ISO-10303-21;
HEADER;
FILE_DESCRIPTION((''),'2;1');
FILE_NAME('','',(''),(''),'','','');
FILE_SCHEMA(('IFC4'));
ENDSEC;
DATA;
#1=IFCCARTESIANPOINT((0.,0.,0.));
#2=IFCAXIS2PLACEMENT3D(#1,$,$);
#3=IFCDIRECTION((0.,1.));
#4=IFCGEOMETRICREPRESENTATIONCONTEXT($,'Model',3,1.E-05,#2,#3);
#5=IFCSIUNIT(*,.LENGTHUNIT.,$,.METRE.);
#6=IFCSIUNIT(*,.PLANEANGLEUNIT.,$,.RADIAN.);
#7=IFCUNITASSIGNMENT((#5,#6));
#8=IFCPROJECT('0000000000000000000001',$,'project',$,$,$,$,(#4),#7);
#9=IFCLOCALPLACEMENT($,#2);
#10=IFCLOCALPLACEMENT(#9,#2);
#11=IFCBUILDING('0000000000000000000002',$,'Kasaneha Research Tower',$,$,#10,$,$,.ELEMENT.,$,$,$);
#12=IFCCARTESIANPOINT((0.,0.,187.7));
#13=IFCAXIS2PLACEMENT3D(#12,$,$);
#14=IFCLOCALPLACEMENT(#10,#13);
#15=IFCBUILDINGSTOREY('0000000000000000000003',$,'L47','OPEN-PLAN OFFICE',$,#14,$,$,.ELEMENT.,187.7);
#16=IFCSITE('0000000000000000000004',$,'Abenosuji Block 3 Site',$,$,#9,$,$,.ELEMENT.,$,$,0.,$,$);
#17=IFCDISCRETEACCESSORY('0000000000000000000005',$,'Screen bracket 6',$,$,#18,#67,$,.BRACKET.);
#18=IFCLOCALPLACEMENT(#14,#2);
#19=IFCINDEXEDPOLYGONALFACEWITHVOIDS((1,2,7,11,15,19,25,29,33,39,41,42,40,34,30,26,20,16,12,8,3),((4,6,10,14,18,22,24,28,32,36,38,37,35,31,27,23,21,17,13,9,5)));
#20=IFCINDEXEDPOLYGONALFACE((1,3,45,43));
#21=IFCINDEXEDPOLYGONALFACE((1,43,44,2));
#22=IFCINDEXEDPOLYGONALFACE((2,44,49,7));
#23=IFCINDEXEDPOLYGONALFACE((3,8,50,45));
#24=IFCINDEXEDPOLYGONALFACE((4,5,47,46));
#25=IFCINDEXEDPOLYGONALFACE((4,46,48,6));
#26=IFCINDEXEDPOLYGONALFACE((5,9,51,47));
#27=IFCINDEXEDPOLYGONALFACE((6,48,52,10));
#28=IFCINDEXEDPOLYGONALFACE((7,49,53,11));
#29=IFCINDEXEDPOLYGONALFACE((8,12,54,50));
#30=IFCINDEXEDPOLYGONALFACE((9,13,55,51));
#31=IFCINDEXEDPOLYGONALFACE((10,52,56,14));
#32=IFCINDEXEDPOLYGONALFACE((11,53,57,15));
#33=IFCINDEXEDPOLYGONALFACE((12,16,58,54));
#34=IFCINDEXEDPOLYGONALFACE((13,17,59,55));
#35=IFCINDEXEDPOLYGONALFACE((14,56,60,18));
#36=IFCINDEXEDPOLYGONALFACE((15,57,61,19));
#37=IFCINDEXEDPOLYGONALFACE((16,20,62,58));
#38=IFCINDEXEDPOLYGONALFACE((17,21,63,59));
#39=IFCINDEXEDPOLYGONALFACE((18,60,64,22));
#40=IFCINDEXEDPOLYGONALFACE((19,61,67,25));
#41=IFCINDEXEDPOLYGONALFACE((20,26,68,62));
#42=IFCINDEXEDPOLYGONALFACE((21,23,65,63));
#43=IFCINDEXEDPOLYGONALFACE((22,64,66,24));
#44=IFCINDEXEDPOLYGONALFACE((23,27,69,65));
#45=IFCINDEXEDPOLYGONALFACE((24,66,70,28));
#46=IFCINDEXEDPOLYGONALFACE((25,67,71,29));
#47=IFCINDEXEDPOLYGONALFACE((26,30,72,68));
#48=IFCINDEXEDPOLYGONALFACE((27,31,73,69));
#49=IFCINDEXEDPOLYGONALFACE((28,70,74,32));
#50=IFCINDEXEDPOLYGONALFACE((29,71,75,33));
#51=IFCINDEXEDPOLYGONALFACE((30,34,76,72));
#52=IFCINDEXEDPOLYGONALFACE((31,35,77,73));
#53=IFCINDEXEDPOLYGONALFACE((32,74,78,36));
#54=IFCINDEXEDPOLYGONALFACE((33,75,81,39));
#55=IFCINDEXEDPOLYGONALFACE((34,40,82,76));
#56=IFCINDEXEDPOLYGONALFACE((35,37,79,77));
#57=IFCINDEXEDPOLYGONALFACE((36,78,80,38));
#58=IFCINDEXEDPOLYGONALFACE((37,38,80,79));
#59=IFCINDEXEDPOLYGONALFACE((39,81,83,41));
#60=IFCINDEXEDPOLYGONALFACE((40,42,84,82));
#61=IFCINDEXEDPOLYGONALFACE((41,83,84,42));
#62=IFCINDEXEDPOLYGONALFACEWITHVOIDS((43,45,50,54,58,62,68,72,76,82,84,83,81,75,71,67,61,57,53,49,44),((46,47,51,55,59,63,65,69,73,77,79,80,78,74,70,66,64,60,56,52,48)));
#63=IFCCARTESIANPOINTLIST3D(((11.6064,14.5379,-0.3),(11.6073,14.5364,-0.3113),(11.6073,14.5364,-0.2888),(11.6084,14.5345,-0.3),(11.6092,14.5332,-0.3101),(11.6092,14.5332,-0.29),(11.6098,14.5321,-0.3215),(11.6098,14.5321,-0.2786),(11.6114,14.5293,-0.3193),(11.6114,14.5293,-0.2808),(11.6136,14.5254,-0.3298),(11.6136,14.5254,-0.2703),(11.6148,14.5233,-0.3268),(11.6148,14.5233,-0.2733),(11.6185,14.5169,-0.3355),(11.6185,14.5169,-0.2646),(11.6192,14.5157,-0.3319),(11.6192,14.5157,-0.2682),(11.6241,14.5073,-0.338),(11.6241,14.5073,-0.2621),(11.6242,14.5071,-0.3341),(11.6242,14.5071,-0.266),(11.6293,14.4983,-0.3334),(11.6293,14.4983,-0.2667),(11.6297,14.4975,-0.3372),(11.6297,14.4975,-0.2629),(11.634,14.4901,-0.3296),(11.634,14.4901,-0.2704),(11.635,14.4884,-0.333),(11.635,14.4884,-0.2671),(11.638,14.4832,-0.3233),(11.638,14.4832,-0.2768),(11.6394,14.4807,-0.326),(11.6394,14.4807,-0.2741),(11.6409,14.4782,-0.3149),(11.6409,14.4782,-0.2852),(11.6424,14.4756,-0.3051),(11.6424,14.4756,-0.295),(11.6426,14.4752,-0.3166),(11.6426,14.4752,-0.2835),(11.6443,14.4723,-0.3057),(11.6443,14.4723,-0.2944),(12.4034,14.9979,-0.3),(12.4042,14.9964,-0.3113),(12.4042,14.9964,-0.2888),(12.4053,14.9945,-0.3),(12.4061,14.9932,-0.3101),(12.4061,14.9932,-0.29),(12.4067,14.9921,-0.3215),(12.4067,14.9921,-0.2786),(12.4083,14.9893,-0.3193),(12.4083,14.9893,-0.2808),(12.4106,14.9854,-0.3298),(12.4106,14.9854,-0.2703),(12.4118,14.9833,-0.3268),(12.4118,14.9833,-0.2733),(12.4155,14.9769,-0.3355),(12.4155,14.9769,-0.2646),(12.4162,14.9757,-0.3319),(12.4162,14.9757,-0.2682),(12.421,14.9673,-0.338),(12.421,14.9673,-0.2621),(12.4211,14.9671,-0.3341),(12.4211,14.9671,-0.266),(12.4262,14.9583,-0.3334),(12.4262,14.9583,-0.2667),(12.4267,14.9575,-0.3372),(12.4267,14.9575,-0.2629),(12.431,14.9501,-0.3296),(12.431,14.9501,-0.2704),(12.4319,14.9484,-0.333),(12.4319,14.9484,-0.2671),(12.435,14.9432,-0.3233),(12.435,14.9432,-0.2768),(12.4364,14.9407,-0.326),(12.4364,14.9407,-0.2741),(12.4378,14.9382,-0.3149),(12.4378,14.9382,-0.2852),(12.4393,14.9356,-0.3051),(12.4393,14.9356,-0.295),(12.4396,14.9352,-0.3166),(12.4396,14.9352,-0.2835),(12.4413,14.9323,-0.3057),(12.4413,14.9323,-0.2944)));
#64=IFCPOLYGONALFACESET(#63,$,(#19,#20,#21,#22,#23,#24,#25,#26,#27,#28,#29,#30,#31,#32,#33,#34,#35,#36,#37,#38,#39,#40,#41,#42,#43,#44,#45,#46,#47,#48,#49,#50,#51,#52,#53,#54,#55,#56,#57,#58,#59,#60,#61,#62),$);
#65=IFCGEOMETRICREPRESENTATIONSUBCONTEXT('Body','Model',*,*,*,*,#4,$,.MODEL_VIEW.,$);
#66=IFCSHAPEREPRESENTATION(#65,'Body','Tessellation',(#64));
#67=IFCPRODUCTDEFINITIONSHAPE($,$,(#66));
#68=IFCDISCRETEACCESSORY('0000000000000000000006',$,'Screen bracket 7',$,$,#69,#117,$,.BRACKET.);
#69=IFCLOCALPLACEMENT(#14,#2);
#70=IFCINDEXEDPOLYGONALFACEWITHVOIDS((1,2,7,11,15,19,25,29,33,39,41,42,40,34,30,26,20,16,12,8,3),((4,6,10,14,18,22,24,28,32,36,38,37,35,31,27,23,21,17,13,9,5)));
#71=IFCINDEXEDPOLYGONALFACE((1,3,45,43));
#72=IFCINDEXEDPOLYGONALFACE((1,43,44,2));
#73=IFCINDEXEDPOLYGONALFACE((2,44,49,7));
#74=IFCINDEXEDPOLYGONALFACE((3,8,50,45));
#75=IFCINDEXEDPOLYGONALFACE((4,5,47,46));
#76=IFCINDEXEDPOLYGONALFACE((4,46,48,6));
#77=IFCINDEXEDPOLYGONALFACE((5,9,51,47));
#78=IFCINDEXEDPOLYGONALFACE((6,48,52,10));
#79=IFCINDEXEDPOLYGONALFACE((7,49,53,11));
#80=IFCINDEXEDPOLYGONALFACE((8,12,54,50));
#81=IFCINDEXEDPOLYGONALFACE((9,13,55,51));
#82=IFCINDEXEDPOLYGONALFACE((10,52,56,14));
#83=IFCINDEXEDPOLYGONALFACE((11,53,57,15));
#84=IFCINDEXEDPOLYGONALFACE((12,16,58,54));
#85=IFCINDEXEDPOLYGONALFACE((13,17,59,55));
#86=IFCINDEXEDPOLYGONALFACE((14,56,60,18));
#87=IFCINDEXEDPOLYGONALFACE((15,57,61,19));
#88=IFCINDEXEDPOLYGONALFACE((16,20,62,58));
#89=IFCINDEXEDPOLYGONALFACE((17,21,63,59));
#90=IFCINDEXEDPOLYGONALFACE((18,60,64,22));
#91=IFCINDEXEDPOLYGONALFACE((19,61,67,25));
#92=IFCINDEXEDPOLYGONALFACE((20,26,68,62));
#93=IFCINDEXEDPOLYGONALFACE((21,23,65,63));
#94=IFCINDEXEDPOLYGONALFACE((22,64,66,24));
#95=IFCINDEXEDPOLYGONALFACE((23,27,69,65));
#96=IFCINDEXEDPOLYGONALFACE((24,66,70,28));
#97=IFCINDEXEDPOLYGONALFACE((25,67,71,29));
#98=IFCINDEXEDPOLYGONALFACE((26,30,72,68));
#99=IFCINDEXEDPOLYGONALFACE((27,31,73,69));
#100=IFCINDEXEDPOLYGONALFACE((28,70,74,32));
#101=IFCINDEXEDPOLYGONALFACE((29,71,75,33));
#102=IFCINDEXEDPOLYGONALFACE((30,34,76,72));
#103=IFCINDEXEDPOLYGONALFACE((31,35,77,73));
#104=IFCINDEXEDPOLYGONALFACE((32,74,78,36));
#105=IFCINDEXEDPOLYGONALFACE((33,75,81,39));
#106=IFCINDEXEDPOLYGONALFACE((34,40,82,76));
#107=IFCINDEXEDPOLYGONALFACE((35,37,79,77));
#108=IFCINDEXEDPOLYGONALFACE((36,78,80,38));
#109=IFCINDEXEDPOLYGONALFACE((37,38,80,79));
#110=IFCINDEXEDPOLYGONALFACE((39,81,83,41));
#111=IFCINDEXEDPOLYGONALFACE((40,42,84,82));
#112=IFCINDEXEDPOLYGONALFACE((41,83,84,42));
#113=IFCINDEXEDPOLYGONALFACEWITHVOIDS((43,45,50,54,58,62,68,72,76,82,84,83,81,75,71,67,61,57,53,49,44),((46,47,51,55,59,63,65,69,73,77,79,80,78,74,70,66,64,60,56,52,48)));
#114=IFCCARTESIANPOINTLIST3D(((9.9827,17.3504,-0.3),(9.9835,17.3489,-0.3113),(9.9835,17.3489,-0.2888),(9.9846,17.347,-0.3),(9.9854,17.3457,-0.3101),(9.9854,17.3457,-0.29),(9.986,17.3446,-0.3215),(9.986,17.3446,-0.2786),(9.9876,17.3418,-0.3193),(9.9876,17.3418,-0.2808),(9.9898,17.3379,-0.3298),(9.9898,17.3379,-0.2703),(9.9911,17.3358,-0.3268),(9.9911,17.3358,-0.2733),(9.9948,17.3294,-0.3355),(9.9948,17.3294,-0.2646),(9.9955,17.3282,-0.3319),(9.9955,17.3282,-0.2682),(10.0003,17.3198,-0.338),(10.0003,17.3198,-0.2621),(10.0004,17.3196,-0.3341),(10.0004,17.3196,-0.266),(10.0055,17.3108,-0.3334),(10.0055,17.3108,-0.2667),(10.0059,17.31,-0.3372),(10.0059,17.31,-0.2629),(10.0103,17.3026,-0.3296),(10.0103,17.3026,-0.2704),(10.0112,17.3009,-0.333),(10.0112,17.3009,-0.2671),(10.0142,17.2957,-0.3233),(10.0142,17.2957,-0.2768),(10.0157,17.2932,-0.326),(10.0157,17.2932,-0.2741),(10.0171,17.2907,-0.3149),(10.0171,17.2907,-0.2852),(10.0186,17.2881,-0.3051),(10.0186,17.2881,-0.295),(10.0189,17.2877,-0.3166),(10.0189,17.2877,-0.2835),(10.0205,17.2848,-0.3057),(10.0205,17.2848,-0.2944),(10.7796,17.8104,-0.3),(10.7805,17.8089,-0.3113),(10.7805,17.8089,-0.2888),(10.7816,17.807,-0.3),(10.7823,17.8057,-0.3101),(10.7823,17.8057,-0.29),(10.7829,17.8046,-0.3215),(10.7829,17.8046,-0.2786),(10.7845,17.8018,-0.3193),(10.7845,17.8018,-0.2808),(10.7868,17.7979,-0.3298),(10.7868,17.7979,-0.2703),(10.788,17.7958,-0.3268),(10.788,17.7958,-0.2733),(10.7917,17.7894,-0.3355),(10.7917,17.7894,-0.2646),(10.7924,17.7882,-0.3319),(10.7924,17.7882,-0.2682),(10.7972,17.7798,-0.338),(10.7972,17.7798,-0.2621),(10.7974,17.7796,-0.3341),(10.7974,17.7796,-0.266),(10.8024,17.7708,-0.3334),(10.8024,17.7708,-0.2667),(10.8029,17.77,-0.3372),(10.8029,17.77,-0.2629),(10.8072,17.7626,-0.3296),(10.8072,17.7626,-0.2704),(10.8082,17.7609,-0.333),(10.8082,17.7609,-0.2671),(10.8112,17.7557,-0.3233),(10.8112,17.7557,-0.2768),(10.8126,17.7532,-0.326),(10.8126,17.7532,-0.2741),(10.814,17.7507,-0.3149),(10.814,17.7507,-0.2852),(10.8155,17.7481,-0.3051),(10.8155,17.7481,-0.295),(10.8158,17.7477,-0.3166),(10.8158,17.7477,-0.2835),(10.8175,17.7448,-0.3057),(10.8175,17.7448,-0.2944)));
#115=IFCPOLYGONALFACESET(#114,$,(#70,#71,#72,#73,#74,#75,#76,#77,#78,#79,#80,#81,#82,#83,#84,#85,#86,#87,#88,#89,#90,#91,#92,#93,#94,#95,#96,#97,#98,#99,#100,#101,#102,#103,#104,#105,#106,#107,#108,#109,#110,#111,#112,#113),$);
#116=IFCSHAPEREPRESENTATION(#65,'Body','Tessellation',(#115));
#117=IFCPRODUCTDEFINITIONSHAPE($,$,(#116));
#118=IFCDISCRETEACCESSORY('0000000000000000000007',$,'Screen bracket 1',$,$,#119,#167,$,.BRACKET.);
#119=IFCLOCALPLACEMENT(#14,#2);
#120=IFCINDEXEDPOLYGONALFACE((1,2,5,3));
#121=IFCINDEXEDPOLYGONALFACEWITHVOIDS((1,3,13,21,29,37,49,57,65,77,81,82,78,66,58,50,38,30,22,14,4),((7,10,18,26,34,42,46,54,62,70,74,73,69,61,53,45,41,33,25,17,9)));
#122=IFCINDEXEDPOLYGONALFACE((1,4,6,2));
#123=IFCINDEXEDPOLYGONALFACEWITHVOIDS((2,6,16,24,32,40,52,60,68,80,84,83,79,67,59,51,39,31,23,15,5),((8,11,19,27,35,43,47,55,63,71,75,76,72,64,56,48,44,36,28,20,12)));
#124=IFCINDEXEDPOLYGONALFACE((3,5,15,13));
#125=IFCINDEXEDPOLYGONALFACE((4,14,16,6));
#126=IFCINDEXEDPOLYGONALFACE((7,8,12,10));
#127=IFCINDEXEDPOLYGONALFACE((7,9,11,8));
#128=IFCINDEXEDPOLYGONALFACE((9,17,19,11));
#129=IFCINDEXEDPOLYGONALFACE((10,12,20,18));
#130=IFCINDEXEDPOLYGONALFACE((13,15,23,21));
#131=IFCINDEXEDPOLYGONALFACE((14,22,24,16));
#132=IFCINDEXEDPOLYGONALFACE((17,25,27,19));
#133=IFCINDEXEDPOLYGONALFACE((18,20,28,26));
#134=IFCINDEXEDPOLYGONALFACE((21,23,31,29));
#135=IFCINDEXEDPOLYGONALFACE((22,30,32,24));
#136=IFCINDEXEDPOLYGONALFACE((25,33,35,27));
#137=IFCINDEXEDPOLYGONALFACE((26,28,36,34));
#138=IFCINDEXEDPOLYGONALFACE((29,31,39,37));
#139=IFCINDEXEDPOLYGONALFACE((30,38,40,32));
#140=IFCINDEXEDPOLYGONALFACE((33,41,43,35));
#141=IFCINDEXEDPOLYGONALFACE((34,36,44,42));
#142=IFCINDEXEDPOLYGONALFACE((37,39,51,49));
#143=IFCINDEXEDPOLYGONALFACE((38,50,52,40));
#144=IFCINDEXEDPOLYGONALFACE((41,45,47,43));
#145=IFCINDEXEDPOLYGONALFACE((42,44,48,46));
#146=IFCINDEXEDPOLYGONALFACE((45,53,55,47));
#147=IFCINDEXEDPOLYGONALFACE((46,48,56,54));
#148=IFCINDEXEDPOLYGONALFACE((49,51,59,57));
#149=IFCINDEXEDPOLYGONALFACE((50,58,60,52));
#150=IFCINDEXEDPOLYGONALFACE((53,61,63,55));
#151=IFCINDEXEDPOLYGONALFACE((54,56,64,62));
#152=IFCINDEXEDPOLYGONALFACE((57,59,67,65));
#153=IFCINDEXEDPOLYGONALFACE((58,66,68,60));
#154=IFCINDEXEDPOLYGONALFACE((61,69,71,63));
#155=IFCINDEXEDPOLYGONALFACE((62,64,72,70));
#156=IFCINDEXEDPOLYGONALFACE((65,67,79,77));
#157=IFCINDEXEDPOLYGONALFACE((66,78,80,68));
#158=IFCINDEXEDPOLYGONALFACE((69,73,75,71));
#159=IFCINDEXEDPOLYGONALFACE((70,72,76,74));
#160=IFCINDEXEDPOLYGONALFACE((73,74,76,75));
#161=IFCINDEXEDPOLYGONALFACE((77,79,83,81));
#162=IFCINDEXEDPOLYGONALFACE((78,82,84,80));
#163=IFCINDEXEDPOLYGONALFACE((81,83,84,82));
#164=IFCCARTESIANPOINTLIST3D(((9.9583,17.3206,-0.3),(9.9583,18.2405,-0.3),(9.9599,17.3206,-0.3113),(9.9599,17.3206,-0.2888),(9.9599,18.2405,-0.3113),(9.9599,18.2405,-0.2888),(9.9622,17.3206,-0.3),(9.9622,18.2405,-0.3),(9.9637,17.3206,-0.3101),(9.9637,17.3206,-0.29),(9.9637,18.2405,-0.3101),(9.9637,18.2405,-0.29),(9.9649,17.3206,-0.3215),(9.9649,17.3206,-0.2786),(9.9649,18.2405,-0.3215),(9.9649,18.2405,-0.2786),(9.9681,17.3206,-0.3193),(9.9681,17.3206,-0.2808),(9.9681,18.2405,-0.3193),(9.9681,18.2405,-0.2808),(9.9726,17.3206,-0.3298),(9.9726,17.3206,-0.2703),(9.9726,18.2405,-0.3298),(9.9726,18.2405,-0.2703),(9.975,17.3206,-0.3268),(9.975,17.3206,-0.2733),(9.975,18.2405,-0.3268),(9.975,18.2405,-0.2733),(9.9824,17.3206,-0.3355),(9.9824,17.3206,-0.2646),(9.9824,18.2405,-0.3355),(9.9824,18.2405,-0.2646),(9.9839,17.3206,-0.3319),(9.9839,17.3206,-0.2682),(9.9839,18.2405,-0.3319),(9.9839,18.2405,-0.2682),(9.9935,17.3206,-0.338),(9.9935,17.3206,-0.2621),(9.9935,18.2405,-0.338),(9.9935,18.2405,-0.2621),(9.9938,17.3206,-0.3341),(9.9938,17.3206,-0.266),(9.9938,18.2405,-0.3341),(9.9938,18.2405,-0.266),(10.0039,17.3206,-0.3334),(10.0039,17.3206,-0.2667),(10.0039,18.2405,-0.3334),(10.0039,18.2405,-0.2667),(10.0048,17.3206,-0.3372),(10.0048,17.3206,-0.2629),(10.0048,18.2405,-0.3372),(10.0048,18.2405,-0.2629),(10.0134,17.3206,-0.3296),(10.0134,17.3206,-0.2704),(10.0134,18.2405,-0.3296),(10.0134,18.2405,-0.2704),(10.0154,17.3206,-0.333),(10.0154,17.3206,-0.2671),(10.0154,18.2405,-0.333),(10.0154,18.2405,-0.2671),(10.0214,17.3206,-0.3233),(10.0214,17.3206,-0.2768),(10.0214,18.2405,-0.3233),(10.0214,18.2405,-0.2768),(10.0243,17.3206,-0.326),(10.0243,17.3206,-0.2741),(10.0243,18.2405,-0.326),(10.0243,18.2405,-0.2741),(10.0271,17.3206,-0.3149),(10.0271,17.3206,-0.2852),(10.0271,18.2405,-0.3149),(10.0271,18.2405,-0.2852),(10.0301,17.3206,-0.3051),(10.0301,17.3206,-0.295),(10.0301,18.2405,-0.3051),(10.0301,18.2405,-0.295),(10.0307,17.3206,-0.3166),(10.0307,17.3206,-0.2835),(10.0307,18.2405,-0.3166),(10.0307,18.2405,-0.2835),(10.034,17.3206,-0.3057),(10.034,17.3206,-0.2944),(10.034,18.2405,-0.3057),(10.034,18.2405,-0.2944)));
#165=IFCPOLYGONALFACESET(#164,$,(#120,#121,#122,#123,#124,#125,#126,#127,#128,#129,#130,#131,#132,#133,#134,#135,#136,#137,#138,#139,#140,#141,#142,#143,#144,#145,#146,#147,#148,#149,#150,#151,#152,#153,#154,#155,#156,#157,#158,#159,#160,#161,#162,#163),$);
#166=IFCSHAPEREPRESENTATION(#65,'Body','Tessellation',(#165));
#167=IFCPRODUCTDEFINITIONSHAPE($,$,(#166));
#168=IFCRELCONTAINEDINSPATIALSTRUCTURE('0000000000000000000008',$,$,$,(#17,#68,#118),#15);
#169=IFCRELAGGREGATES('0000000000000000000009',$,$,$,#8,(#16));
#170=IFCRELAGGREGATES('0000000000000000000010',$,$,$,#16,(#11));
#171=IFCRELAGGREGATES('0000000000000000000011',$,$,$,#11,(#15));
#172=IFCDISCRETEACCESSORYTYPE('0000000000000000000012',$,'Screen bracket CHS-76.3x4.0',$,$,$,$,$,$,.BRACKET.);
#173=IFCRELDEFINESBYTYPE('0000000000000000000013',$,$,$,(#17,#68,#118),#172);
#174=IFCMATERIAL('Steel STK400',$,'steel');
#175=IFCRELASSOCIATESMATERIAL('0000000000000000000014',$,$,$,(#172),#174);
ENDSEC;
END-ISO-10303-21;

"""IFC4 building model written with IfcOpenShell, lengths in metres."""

from ifc_helpers import new_model, si_unit, direction, frame, origin, origin_2d, place, context, subcontext, project, spatial, hollow_circle, extrude, material, material_profile, profile_set, type_object, element, save


model = new_model("IFC4")

# Units and contexts
model_context = context("Model", 3, precision=1e-05, world=origin(), true_north=direction((0.0, 1.0)))
body_context = subcontext(model_context, "Body", "Model", "MODEL_VIEW")
ifc_project = project(units=[si_unit("LENGTHUNIT", "METRE"), si_unit("PLANEANGLEUNIT", "RADIAN")], contexts=[model_context])

# Site, building, storey
site_placement = place(None, origin())
site = spatial("IfcSite", under=ifc_project, at=site_placement, Name="Abenosuji Block 3 Site", CompositionType="ELEMENT", RefElevation=0.0)
building_placement = place(site_placement, origin())
building = spatial("IfcBuilding", under=site, at=building_placement, Name="Kasaneha Research Tower", CompositionType="ELEMENT")
storey_placement = place(building_placement, frame((0.0, 0.0, 187.7)))
storey = spatial("IfcBuildingStorey", under=building, at=storey_placement, Name="L47", Description="OPEN-PLAN OFFICE", CompositionType="ELEMENT", Elevation=187.7)

# Discrete accessories
ifc_material_1 = material(Name="Steel STK400", Category="steel")
ifc_material_profile_1 = material_profile(ifc_material_1, hollow_circle(Radius=0.0381, WallThickness=0.0039, at=origin_2d()), Name="CHS-76.3x4.0")
ifc_profile_set_1 = profile_set([ifc_material_profile_1], Name="Steel STK400")
discrete_accessory_type = type_object("IfcDiscreteAccessoryType", Name="Screen bracket CHS-76.3x4.0", PredefinedType="BRACKET", material=ifc_profile_set_1)
for number, where, z_axis, x_axis, name in (
    (1, (11.6255, 14.5049, -0.3), (0.86608, 0.499906, 0.0), (-0.499906, 0.86608, 0.0), "Screen bracket 6"),
    (2, (10.0017, 17.3174, -0.3), (0.86608, 0.499906, 0.0), (-0.499906, 0.86608, 0.0), "Screen bracket 7"),
):
    element("IfcDiscreteAccessory", number, at=place(storey_placement, frame(where, z_axis=z_axis, x_axis=x_axis)), inside=storey, type_object=discrete_accessory_type, Name=name, PredefinedType="BRACKET", context=body_context, shape_type="SweptSolid", body=[
        extrude(hollow_circle(Radius=0.0381, WallThickness=0.0039, at=origin_2d()), origin(), (0.0, 0.0, 1.0), 0.9202),
    ])
discrete_accessory_placement = place(storey_placement, frame((9.9963, 17.3206, -0.3), z_axis=(0.0, 1.0, 0.0), x_axis=(-1.0, 0.0, 0.0)))
element("IfcDiscreteAccessory", 3, at=discrete_accessory_placement, inside=storey, type_object=discrete_accessory_type, Name="Screen bracket 1", PredefinedType="BRACKET", context=body_context, shape_type="SweptSolid", body=[
    extrude(hollow_circle(Radius=0.0381, WallThickness=0.0039, at=origin_2d()), origin(), (0.0, 0.0, 1.0), 0.9199),
])

save(model, "model.ifc")
